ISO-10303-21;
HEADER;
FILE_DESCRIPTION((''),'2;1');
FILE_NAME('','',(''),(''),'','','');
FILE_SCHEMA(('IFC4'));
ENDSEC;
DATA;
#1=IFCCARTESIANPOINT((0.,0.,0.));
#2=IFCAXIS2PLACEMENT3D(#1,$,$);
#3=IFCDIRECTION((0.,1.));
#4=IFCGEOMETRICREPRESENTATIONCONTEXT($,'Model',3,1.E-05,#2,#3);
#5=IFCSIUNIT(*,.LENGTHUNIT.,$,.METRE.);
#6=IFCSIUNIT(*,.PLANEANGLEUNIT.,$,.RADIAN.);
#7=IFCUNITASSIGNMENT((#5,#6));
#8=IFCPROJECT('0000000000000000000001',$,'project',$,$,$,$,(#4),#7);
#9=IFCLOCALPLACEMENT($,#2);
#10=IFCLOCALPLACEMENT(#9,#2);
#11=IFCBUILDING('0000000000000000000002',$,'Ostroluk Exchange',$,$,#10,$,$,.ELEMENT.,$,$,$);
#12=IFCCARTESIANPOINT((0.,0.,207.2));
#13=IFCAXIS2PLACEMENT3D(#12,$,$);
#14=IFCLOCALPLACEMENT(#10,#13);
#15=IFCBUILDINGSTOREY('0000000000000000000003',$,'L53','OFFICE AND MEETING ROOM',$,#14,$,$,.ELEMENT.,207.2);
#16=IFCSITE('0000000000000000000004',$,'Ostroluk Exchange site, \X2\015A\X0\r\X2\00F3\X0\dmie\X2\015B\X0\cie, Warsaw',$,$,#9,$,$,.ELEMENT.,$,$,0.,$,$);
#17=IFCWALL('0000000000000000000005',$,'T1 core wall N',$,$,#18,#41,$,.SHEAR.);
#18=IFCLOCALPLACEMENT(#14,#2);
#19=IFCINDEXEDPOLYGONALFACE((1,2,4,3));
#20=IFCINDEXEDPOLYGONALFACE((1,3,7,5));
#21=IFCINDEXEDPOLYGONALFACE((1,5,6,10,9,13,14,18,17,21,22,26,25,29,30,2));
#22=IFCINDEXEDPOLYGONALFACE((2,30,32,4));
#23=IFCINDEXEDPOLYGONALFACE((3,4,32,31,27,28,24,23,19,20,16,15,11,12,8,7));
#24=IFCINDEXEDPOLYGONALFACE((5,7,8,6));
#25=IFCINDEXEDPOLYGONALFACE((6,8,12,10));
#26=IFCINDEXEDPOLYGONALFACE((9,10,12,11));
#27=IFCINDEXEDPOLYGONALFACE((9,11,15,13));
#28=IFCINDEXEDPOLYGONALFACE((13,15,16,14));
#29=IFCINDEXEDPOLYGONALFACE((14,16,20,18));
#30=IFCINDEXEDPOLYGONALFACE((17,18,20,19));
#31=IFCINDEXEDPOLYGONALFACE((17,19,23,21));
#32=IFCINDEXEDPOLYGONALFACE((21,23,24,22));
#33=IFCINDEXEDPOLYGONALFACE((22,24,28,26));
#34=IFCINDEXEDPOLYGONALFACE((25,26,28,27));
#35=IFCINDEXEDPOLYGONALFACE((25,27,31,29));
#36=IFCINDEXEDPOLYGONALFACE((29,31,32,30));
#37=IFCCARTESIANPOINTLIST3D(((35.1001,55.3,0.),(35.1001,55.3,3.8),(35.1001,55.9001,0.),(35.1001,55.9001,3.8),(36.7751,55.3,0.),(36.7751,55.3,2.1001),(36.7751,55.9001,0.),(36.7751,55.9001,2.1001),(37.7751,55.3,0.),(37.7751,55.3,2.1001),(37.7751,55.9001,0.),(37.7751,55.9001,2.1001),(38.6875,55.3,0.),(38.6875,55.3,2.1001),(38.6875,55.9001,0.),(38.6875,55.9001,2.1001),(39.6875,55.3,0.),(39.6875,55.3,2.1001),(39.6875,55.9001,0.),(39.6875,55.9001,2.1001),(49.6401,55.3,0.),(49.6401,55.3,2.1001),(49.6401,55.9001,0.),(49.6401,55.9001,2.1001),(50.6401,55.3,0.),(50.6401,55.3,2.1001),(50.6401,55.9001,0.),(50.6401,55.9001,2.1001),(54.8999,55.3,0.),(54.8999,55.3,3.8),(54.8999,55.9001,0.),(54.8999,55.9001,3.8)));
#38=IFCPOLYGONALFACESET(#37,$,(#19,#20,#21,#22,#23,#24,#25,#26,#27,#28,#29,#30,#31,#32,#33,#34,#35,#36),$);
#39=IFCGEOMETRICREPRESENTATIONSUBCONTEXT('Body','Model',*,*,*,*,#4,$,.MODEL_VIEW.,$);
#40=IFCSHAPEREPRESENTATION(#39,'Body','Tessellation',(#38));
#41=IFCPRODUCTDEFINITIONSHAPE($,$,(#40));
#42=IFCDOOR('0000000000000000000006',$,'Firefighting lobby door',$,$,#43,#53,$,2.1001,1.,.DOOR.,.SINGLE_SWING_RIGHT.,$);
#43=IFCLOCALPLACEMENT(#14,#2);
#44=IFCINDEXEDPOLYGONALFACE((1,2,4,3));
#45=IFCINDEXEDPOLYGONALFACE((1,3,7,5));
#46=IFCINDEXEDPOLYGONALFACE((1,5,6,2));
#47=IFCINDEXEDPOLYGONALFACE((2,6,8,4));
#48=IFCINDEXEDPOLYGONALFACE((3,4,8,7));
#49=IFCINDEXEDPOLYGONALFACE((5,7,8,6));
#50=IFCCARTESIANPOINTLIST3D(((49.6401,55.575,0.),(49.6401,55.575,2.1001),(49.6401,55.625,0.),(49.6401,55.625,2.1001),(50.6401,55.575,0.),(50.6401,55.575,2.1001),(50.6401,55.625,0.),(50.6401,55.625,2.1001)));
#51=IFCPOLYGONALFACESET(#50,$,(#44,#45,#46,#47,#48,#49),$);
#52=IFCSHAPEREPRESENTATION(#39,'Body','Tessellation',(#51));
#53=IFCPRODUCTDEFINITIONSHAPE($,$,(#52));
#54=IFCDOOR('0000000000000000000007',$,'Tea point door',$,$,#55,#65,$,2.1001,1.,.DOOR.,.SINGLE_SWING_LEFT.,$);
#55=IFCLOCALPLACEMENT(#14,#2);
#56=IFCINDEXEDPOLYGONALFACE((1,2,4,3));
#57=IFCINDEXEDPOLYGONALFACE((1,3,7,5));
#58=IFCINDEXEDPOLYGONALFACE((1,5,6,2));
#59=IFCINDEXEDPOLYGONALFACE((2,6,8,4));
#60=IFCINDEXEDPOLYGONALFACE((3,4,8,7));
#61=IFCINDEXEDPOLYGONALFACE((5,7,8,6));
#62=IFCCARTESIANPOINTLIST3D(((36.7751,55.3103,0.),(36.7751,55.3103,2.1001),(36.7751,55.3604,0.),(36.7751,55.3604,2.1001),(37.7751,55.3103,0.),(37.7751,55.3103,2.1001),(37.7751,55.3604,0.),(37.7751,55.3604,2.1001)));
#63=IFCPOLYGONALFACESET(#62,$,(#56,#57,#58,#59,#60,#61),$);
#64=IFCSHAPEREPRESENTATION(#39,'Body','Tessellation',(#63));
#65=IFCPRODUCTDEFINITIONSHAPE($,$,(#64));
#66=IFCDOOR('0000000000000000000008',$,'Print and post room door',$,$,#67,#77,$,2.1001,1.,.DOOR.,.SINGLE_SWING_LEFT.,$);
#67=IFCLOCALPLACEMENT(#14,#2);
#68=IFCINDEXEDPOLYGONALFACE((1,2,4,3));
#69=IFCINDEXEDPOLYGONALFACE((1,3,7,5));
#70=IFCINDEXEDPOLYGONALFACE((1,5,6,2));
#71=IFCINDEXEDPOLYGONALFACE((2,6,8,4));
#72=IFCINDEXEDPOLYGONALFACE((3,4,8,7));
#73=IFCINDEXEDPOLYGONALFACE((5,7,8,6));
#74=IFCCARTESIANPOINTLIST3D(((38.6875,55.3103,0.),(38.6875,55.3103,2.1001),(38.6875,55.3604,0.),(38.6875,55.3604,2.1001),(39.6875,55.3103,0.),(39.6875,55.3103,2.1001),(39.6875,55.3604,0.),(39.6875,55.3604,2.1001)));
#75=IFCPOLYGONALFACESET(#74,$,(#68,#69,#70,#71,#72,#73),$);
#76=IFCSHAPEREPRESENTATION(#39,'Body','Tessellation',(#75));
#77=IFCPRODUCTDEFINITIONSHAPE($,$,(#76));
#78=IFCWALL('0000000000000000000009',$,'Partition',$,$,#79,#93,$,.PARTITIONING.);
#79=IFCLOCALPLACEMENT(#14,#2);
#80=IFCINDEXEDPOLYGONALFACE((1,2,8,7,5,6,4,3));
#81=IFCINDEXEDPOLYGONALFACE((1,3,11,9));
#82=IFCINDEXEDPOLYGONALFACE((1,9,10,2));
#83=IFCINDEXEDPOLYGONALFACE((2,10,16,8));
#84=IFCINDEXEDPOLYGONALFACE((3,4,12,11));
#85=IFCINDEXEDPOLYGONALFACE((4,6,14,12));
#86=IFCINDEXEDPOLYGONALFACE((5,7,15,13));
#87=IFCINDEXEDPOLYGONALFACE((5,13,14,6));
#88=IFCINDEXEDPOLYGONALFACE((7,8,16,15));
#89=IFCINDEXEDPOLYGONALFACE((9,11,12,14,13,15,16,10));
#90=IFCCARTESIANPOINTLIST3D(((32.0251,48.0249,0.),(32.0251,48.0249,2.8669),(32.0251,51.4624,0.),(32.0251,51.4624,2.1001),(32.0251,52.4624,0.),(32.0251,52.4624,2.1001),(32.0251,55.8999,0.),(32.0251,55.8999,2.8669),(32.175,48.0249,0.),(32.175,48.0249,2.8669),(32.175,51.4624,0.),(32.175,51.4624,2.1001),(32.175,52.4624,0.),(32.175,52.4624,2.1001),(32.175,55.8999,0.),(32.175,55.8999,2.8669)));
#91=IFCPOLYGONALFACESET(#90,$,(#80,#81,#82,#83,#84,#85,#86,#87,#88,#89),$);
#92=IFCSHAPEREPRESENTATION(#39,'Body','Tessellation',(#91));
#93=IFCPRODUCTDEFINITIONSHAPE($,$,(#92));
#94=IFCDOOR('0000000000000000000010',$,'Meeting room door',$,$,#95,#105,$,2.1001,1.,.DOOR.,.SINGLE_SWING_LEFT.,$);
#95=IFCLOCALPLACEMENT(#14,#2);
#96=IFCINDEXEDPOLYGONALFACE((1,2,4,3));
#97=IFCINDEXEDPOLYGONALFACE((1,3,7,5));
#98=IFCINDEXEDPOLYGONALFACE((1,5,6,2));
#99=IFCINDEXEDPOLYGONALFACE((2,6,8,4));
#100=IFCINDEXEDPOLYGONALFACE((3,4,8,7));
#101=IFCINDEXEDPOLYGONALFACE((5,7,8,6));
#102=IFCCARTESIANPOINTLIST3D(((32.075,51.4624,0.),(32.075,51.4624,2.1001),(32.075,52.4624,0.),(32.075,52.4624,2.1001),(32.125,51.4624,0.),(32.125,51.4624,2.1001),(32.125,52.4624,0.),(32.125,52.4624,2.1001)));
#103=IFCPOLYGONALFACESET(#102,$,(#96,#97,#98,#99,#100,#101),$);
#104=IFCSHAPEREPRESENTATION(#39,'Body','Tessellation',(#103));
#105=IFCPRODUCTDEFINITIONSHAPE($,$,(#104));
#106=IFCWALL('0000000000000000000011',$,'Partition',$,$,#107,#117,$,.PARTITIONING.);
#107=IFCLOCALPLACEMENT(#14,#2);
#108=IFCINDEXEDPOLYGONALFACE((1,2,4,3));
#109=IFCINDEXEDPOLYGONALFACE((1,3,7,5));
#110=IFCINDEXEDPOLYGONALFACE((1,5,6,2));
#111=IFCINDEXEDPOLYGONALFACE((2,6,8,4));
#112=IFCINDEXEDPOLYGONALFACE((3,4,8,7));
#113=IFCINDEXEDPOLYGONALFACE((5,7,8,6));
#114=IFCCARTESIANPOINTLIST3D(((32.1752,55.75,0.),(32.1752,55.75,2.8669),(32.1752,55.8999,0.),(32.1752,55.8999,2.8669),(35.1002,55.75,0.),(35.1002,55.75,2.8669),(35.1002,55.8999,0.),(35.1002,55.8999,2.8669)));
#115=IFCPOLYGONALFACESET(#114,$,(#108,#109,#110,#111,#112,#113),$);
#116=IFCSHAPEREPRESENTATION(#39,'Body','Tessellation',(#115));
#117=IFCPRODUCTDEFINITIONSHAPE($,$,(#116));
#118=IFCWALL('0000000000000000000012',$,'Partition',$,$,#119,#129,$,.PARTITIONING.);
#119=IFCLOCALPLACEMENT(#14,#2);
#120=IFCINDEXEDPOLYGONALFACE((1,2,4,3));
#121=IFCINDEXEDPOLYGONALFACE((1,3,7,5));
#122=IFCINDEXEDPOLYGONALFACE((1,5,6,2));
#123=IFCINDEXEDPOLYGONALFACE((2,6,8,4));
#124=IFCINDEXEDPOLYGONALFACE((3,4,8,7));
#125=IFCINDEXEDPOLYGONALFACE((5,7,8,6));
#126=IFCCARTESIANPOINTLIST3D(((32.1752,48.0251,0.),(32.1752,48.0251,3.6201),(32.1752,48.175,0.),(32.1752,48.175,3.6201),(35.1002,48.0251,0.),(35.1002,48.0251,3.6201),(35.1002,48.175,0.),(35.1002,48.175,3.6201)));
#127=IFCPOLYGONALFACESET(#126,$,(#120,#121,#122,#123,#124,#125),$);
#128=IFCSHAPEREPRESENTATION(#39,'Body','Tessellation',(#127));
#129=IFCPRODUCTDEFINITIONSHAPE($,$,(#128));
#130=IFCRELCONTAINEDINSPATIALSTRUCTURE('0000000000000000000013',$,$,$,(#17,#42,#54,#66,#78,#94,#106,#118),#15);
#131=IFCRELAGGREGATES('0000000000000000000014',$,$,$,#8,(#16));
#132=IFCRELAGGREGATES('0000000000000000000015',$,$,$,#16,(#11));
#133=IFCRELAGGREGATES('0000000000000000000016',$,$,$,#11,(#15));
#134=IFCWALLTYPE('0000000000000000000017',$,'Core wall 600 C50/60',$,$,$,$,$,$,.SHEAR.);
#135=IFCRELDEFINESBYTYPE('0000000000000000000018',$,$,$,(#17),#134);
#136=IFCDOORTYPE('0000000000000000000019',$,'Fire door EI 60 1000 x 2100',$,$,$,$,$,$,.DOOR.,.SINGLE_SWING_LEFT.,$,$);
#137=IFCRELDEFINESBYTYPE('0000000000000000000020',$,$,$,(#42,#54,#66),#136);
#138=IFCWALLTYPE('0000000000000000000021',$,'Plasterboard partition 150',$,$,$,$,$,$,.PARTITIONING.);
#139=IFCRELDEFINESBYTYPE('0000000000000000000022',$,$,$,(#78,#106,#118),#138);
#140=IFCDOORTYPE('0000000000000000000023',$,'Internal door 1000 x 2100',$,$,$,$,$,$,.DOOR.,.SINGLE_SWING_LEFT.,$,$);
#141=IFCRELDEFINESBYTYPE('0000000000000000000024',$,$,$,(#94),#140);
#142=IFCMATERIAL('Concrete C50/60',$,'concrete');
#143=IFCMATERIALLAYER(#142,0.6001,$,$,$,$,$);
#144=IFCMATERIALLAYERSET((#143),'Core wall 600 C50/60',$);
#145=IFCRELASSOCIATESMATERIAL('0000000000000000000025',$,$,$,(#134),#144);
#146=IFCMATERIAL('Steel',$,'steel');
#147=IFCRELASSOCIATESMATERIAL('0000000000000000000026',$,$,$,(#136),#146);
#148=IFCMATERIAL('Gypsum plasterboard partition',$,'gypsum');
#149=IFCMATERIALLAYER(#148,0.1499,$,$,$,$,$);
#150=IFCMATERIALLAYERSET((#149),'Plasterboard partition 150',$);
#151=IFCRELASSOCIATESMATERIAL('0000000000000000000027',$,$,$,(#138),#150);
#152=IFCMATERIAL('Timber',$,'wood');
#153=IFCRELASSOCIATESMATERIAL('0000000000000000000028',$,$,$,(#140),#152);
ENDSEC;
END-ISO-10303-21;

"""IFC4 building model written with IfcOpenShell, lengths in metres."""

from ifc_helpers import new_model, si_unit, direction, frame, frame_2d, origin, place, context, subcontext, project, spatial, rectangle, extrude, material, layer, layer_set, type_object, element, fill, save


model = new_model("IFC4")

# Units and contexts
model_context = context("Model", 3, precision=1e-05, world=origin(), true_north=direction((0.0, 1.0)))
body_context = subcontext(model_context, "Body", "Model", "MODEL_VIEW")
ifc_project = project(units=[si_unit("LENGTHUNIT", "METRE"), si_unit("PLANEANGLEUNIT", "RADIAN")], contexts=[model_context])

# Site, building, storey
site_placement = place(None, origin())
site = spatial("IfcSite", under=ifc_project, at=site_placement, Name="Ostroluk Exchange site, Śródmieście, Warsaw", CompositionType="ELEMENT", RefElevation=0.0)
building_placement = place(site_placement, origin())
building = spatial("IfcBuilding", under=site, at=building_placement, Name="Ostroluk Exchange", CompositionType="ELEMENT")
storey_placement = place(building_placement, frame((0.0, 0.0, 207.2)))
storey = spatial("IfcBuildingStorey", under=building, at=storey_placement, Name="L53", Description="OFFICE AND MEETING ROOM", CompositionType="ELEMENT", Elevation=207.2)

# Wall, openings, doors
ifc_material_1 = material(Name="Concrete C50/60", Category="concrete")
ifc_layer_1 = layer(ifc_material_1, 0.6001)
ifc_layer_set_1 = layer_set([ifc_layer_1], Name="Core wall 600 C50/60")
wall_type_1 = type_object("IfcWallType", Name="Core wall 600 C50/60", PredefinedType="SHEAR", material=ifc_layer_set_1)
wall_1_placement = place(storey_placement, frame((35.1001, 55.6001, 0.0), z_axis=(0.0, 0.0, 1.0), x_axis=(1.0, 0.0, 0.0)))
wall_1 = element("IfcWall", 1, at=wall_1_placement, inside=storey, type_object=wall_type_1, Name="T1 core wall N", PredefinedType="SHEAR", context=body_context, shape_type="SweptSolid", body=[
    extrude(rectangle(XDim=19.7998, YDim=0.6001, at=frame_2d((9.8999, 0.0))), origin(), (0.0, 0.0, 1.0), 3.8),
])
opening_1_placement = place(wall_1_placement, frame((14.54, 0.0, 0.0)))
opening_1 = element("IfcOpeningElement", 2, at=opening_1_placement, cuts=wall_1, PredefinedType="OPENING", context=body_context, shape_type="SweptSolid", body=[
    extrude(rectangle(XDim=1.0, YDim=2.1001, at=frame_2d((0.5, 1.05))), frame((0.0, 0.3101, 0.0), z_axis=(0.0, -1.0, 0.0), x_axis=(1.0, 0.0, 0.0)), (0.0, 0.0, 1.0), 0.6201),
])
opening_2_placement = place(wall_1_placement, frame((1.675, 0.0, 0.0)))
opening_2 = element("IfcOpeningElement", 3, at=opening_2_placement, cuts=wall_1, PredefinedType="OPENING", context=body_context, shape_type="SweptSolid", body=[
    extrude(rectangle(XDim=1.0, YDim=2.1001, at=frame_2d((0.5, 1.05))), frame((0.0, 0.3101, 0.0), z_axis=(0.0, -1.0, 0.0), x_axis=(1.0, 0.0, 0.0)), (0.0, 0.0, 1.0), 0.6201),
])
opening_3_placement = place(wall_1_placement, frame((3.5874, 0.0, 0.0)))
opening_3 = element("IfcOpeningElement", 4, at=opening_3_placement, cuts=wall_1, PredefinedType="OPENING", context=body_context, shape_type="SweptSolid", body=[
    extrude(rectangle(XDim=1.0, YDim=2.1001, at=frame_2d((0.5, 1.05))), frame((0.0, 0.3101, 0.0), z_axis=(0.0, -1.0, 0.0), x_axis=(1.0, 0.0, 0.0)), (0.0, 0.0, 1.0), 0.6201),
])
ifc_material_2 = material(Name="Steel", Category="steel")
door_type_1 = type_object("IfcDoorType", Name="Fire door EI 60 1000 x 2100", OperationType="SINGLE_SWING_LEFT", PredefinedType="DOOR", material=ifc_material_2)
door_1_placement = place(opening_1_placement, origin())
door_1 = element("IfcDoor", 5, at=door_1_placement, inside=storey, type_object=door_type_1, Name="Firefighting lobby door", OperationType="SINGLE_SWING_RIGHT", OverallHeight=2.1001, OverallWidth=1.0, PredefinedType="DOOR", context=body_context, shape_type="SweptSolid", body=[
    extrude(rectangle(XDim=1.0, YDim=2.1001, at=frame_2d((0.5, 1.05))), frame((0.0, 0.0249, 0.0), z_axis=(0.0, -1.0, 0.0), x_axis=(1.0, 0.0, 0.0)), (0.0, 0.0, 1.0), 0.05),
])
fill(opening_1, door_1)
door_2_placement = place(opening_2_placement, origin())
door_2 = element("IfcDoor", 6, at=door_2_placement, inside=storey, type_object=door_type_1, Name="Tea point door", OperationType="SINGLE_SWING_LEFT", OverallHeight=2.1001, OverallWidth=1.0, PredefinedType="DOOR", context=body_context, shape_type="SweptSolid", body=[
    extrude(rectangle(XDim=1.0, YDim=2.1001, at=frame_2d((0.5, 1.05))), frame((0.0, -0.2397, 0.0), z_axis=(0.0, -1.0, 0.0), x_axis=(1.0, 0.0, 0.0)), (0.0, 0.0, 1.0), 0.05),
])
fill(opening_2, door_2)
door_3_placement = place(opening_3_placement, origin())
door_3 = element("IfcDoor", 7, at=door_3_placement, inside=storey, type_object=door_type_1, Name="Print and post room door", OperationType="SINGLE_SWING_LEFT", OverallHeight=2.1001, OverallWidth=1.0, PredefinedType="DOOR", context=body_context, shape_type="SweptSolid", body=[
    extrude(rectangle(XDim=1.0, YDim=2.1001, at=frame_2d((0.5, 1.05))), frame((0.0, -0.2397, 0.0), z_axis=(0.0, -1.0, 0.0), x_axis=(1.0, 0.0, 0.0)), (0.0, 0.0, 1.0), 0.05),
])
fill(opening_3, door_3)

# Wall, opening, door
ifc_material_3 = material(Name="Gypsum plasterboard partition", Category="gypsum")
ifc_layer_2 = layer(ifc_material_3, 0.1499)
ifc_layer_set_2 = layer_set([ifc_layer_2], Name="Plasterboard partition 150")
wall_type_2 = type_object("IfcWallType", Name="Plasterboard partition 150", PredefinedType="PARTITIONING", material=ifc_layer_set_2)
wall_2_placement = place(storey_placement, frame((32.1001, 55.8999, 0.0), z_axis=(0.0, 0.0, 1.0), x_axis=(0.0, -1.0, 0.0)))
wall_2 = element("IfcWall", 8, at=wall_2_placement, inside=storey, type_object=wall_type_2, Name="Partition", PredefinedType="PARTITIONING", context=body_context, shape_type="SweptSolid", body=[
    extrude(rectangle(XDim=7.875, YDim=0.1499, at=frame_2d((3.9375, 0.0))), origin(), (0.0, 0.0, 1.0), 2.8669),
])
opening_4_placement = place(wall_2_placement, frame((3.4375, 0.0, 0.0)))
opening_4 = element("IfcOpeningElement", 9, at=opening_4_placement, cuts=wall_2, PredefinedType="OPENING", context=body_context, shape_type="SweptSolid", body=[
    extrude(rectangle(XDim=1.0, YDim=2.1001, at=frame_2d((0.5, 1.05))), frame((0.0, 0.085, 0.0), z_axis=(0.0, -1.0, 0.0), x_axis=(1.0, 0.0, 0.0)), (0.0, 0.0, 1.0), 0.1699),
])
ifc_material_4 = material(Name="Timber", Category="wood")
door_type_2 = type_object("IfcDoorType", Name="Internal door 1000 x 2100", OperationType="SINGLE_SWING_LEFT", PredefinedType="DOOR", material=ifc_material_4)
door_4_placement = place(opening_4_placement, origin())
door_4 = element("IfcDoor", 10, at=door_4_placement, inside=storey, type_object=door_type_2, Name="Meeting room door", OperationType="SINGLE_SWING_LEFT", OverallHeight=2.1001, OverallWidth=1.0, PredefinedType="DOOR", context=body_context, shape_type="SweptSolid", body=[
    extrude(rectangle(XDim=1.0, YDim=2.1001, at=frame_2d((0.5, 1.05))), frame((0.0, 0.0249, 0.0), z_axis=(0.0, -1.0, 0.0), x_axis=(1.0, 0.0, 0.0)), (0.0, 0.0, 1.0), 0.05),
])
fill(opening_4, door_4)

# Walls
wall_3_placement = place(storey_placement, frame((35.1001, 55.825, 0.0), z_axis=(0.0, 0.0, 1.0), x_axis=(-1.0, 0.0, 0.0)))
element("IfcWall", 11, at=wall_3_placement, inside=storey, type_object=wall_type_2, Name="Partition", PredefinedType="PARTITIONING", context=body_context, shape_type="SweptSolid", body=[
    extrude(rectangle(XDim=2.925, YDim=0.1499, at=frame_2d((1.4624, 0.0))), origin(), (0.0, 0.0, 1.0), 2.8669),
])
wall_4_placement = place(storey_placement, frame((35.1001, 48.1001, 0.0), z_axis=(0.0, 0.0, 1.0), x_axis=(-1.0, 0.0, 0.0)))
element("IfcWall", 12, at=wall_4_placement, inside=storey, type_object=wall_type_2, Name="Partition", PredefinedType="PARTITIONING", context=body_context, shape_type="SweptSolid", body=[
    extrude(rectangle(XDim=2.925, YDim=0.1499, at=frame_2d((1.4624, 0.0))), origin(), (0.0, 0.0, 1.0), 3.6201),
])

save(model, "model.ifc")
